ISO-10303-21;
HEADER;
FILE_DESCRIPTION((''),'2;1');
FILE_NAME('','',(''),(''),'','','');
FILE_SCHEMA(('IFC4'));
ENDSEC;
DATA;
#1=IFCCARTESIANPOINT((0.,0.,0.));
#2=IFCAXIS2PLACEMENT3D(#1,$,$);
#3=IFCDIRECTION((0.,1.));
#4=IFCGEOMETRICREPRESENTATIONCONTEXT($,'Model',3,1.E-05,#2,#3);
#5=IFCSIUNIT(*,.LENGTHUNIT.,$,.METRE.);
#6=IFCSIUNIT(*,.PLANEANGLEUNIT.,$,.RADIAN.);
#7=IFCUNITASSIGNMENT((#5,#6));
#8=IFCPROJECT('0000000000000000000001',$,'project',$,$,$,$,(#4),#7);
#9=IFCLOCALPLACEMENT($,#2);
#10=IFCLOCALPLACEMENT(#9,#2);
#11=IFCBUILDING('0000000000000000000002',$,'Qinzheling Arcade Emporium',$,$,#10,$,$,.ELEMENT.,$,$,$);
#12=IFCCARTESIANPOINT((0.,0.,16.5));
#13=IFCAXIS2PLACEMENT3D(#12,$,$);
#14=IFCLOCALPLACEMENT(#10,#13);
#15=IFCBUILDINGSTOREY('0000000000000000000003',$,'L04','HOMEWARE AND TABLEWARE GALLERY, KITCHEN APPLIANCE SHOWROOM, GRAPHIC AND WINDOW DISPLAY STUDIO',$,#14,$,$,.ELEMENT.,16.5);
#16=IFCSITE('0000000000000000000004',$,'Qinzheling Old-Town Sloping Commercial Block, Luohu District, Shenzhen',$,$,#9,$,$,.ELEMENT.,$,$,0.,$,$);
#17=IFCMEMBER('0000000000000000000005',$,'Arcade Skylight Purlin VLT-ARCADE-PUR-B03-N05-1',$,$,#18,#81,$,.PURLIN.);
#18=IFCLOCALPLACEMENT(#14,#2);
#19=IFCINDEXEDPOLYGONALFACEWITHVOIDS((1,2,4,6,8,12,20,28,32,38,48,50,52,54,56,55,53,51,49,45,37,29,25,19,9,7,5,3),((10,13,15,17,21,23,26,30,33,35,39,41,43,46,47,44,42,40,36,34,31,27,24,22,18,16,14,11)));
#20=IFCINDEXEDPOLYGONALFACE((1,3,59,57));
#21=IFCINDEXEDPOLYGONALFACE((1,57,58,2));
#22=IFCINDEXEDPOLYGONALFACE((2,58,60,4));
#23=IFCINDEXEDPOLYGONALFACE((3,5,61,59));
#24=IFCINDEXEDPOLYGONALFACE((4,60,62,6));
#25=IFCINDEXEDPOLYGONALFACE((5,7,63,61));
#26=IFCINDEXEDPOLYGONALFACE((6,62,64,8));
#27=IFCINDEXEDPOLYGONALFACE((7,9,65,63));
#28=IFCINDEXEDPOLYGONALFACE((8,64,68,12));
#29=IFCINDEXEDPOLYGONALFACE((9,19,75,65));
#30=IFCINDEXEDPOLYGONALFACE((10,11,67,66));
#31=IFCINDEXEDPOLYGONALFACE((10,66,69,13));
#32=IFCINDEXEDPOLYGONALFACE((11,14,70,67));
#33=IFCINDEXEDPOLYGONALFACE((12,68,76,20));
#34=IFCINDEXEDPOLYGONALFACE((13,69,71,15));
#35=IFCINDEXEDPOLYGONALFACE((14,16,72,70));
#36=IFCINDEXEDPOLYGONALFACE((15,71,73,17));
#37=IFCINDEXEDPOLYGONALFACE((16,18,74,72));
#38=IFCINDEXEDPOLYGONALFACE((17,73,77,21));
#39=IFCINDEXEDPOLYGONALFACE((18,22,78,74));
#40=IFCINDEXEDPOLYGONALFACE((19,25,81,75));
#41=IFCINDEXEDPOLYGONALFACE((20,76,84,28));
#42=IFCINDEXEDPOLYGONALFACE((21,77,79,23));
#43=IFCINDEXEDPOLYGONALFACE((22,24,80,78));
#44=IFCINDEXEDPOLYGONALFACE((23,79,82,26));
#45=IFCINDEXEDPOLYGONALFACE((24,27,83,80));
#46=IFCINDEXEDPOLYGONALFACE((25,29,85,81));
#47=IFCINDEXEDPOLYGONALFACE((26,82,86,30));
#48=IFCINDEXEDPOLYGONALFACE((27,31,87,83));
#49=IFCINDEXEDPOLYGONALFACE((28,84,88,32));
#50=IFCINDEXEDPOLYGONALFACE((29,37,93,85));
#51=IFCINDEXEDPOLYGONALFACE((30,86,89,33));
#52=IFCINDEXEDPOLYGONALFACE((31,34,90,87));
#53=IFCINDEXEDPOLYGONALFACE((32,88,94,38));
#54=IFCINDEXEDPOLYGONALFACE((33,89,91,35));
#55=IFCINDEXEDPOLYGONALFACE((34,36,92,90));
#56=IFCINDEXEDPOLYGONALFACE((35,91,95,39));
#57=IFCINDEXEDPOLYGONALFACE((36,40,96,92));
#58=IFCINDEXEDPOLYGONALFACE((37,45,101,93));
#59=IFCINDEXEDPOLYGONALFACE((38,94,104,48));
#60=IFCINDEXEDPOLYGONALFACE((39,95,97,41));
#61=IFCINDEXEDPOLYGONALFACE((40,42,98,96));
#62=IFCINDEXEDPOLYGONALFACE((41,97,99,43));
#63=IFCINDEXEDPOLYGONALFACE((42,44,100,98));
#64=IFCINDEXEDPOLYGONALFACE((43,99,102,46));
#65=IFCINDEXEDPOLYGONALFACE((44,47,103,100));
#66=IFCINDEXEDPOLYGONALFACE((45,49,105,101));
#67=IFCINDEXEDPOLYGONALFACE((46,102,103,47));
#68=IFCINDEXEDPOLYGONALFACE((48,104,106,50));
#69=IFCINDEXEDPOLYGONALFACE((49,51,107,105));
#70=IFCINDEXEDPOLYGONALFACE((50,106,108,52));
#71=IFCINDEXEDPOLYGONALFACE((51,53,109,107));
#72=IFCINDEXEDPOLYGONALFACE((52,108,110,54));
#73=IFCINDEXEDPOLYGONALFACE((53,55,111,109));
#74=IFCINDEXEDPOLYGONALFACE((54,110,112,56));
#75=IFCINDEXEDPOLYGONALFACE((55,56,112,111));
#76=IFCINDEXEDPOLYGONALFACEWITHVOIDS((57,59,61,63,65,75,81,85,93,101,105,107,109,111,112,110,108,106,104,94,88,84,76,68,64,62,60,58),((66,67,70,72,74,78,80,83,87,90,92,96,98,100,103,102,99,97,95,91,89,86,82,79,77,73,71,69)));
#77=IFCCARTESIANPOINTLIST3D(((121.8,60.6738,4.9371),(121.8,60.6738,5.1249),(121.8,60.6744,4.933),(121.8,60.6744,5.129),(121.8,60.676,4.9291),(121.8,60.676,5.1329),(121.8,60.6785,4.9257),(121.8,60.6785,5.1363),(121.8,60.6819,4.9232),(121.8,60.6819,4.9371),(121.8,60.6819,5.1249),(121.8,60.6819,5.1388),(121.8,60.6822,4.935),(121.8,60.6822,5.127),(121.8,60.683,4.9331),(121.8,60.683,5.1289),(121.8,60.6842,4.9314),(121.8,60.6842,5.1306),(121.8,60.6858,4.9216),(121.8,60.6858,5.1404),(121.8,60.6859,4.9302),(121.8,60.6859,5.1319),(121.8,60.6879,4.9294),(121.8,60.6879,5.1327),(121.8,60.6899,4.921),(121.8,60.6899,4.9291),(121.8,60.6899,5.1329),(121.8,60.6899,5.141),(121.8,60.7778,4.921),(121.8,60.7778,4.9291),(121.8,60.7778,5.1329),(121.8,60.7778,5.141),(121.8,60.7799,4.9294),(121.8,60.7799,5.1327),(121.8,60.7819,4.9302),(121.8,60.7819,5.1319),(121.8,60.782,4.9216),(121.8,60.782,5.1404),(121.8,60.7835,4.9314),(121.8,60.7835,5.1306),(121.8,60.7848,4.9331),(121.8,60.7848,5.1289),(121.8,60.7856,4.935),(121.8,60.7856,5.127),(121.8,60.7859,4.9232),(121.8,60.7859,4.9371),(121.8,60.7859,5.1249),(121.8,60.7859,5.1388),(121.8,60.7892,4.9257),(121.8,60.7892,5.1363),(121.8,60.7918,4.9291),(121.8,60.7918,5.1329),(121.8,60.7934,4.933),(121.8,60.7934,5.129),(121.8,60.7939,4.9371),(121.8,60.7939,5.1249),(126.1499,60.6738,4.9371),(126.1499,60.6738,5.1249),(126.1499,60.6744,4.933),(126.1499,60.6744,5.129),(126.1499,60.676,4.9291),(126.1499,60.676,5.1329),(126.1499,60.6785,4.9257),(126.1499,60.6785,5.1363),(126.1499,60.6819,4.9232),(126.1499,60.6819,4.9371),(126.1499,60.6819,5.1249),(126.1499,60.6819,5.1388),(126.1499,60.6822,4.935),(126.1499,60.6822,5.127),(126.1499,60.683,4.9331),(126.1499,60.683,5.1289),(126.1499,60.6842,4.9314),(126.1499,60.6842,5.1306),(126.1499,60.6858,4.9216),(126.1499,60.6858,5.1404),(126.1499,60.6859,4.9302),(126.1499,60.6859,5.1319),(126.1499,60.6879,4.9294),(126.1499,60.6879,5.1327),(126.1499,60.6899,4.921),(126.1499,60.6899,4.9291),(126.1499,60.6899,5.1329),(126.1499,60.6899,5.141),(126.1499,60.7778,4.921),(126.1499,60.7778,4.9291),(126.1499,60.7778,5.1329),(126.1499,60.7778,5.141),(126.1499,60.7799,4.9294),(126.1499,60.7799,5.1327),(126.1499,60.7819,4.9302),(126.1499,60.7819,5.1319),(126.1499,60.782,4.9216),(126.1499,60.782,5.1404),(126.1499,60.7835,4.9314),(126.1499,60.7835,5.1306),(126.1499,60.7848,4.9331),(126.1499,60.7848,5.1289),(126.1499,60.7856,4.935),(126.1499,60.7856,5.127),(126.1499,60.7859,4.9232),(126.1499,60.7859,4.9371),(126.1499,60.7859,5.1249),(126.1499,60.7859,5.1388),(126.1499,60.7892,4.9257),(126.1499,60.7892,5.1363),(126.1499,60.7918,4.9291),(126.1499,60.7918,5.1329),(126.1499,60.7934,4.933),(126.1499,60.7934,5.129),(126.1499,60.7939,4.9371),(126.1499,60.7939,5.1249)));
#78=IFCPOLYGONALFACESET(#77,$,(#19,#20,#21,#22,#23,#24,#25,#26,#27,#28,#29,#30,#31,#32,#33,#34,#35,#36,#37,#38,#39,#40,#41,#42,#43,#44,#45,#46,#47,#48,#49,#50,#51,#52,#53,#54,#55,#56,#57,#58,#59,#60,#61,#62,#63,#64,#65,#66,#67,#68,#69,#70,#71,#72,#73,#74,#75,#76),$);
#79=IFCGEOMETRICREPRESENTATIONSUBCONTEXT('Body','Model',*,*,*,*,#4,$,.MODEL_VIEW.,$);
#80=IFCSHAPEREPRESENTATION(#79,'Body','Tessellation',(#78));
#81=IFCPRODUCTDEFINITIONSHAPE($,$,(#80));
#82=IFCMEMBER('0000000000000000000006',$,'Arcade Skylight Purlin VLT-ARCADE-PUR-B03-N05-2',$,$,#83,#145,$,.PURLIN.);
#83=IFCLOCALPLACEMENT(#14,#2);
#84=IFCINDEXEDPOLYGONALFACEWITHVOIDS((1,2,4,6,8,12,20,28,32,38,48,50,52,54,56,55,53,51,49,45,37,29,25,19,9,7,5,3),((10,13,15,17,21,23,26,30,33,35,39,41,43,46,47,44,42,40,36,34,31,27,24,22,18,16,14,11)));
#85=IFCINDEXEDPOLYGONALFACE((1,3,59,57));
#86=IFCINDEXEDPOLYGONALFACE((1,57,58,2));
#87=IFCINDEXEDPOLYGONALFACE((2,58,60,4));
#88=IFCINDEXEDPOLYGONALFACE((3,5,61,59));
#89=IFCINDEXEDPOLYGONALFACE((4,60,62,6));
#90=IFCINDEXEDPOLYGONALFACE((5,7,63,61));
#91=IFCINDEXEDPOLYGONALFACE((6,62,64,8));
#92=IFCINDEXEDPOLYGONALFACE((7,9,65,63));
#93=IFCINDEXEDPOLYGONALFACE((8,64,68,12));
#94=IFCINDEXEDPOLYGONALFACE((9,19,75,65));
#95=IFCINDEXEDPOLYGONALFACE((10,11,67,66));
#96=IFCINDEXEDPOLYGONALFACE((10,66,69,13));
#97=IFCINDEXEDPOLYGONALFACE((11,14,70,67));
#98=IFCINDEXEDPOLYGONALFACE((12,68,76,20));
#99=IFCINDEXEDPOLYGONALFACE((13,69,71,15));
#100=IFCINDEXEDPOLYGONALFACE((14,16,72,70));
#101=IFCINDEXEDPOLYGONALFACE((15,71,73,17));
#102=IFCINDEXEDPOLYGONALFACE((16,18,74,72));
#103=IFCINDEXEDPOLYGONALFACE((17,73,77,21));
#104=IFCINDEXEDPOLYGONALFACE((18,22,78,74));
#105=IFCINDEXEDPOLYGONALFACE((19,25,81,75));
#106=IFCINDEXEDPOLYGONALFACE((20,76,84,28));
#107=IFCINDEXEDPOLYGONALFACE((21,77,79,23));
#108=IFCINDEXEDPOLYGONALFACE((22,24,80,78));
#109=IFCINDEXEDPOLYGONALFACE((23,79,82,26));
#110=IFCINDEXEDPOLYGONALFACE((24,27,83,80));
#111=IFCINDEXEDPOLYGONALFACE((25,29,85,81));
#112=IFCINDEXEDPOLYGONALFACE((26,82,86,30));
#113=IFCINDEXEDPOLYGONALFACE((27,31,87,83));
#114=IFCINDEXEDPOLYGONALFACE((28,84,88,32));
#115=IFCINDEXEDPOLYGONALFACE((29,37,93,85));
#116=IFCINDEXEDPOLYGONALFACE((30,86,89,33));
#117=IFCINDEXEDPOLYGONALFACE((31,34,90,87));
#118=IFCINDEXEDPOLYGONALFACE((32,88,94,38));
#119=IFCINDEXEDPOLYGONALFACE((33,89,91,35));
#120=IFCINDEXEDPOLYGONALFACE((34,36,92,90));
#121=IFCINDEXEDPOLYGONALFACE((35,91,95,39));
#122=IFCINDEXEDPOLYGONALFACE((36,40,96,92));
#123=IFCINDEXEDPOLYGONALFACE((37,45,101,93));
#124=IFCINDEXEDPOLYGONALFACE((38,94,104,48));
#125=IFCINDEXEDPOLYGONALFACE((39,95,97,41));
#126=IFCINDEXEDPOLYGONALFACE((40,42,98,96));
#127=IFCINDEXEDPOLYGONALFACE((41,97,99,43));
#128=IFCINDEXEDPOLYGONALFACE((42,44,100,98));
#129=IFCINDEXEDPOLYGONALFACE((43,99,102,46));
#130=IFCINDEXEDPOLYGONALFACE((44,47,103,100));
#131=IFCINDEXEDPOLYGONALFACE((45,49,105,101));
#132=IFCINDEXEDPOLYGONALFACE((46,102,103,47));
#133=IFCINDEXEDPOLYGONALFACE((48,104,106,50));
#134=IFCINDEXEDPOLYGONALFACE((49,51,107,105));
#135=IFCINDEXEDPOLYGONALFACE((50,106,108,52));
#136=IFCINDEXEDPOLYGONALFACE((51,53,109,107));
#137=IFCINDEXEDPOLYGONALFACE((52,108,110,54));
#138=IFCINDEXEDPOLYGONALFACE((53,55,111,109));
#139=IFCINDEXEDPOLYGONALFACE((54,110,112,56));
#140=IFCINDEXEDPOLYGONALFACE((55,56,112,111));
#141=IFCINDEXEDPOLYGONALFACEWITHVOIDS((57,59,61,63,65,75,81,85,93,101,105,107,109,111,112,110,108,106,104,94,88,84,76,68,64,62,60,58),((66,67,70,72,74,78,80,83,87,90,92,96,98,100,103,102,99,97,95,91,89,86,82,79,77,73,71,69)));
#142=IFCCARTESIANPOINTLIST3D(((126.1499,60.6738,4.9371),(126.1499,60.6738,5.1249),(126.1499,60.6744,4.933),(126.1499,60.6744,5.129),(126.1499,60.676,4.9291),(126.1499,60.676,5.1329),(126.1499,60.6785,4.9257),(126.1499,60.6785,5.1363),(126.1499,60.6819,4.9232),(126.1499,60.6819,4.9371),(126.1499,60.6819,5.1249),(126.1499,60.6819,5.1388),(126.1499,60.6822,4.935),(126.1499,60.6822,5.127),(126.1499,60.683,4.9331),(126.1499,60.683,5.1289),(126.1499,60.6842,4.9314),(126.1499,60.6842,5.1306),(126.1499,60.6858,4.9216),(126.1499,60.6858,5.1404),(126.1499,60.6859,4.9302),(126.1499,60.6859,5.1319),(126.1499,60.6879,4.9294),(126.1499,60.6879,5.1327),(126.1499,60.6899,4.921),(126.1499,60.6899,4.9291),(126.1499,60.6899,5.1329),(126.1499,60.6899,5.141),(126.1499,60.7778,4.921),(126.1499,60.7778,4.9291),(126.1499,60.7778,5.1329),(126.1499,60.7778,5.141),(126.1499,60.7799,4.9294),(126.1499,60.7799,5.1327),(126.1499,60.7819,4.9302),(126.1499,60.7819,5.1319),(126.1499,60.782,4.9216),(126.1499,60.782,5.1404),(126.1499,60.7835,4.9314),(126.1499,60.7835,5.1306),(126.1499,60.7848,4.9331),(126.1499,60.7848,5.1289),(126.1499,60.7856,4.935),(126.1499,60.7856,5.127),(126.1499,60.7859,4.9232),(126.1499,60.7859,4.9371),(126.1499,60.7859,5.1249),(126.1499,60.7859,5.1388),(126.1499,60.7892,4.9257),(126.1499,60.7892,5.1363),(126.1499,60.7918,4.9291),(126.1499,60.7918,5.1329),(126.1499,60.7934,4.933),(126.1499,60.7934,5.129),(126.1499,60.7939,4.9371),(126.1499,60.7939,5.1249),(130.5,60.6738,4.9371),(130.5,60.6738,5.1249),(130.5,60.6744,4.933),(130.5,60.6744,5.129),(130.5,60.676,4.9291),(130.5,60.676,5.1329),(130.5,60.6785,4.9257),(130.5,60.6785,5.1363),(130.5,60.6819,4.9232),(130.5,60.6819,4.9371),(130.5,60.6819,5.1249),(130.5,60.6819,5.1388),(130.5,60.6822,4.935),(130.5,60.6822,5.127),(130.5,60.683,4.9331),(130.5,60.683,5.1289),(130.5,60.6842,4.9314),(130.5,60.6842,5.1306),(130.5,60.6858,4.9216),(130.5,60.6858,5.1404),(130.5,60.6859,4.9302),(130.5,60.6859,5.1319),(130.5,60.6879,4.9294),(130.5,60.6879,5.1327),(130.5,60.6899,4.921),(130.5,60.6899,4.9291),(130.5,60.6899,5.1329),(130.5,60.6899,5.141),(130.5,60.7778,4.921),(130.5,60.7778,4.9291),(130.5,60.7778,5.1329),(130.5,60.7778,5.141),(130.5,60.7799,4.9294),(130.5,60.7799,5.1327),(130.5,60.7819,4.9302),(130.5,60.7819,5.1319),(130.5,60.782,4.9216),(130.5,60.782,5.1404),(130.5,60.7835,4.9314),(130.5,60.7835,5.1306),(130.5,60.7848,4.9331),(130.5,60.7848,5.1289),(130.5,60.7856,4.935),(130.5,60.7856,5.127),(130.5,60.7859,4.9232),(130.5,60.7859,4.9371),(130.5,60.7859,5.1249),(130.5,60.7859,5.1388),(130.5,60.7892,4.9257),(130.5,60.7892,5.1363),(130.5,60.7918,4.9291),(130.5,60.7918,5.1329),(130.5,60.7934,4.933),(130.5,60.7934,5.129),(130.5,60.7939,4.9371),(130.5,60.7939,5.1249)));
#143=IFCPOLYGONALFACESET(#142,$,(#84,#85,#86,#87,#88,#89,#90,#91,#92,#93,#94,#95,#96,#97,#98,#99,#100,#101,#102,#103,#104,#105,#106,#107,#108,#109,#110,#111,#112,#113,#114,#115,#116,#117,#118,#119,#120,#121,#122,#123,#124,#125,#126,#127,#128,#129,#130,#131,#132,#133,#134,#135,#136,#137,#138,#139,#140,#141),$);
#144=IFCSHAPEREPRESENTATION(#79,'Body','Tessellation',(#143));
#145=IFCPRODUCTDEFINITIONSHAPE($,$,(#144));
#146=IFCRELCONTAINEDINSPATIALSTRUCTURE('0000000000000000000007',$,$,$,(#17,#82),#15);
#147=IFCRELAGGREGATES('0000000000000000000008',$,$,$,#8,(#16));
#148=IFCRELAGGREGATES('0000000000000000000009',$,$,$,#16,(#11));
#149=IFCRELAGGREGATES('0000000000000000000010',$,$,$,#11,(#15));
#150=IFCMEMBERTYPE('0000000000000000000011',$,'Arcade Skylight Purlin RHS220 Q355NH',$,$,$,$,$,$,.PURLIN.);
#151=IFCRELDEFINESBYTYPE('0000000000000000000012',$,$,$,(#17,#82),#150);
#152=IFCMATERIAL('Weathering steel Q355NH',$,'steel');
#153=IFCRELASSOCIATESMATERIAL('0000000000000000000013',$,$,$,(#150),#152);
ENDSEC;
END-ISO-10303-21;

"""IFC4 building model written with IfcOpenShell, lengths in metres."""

from ifc_helpers import new_model, si_unit, direction, frame, origin, origin_2d, place, context, subcontext, project, spatial, hollow_rectangle, extrude, material, material_profile, profile_set, type_object, element, save


model = new_model("IFC4")

# Units and contexts
model_context = context("Model", 3, precision=1e-05, world=origin(), true_north=direction((0.0, 1.0)))
body_context = subcontext(model_context, "Body", "Model", "MODEL_VIEW")
ifc_project = project(units=[si_unit("LENGTHUNIT", "METRE"), si_unit("PLANEANGLEUNIT", "RADIAN")], contexts=[model_context])

# Site, building, storey
site_placement = place(None, origin())
site = spatial("IfcSite", under=ifc_project, at=site_placement, Name="Qinzheling Old-Town Sloping Commercial Block, Luohu District, Shenzhen", CompositionType="ELEMENT", RefElevation=0.0)
building_placement = place(site_placement, origin())
building = spatial("IfcBuilding", under=site, at=building_placement, Name="Qinzheling Arcade Emporium", CompositionType="ELEMENT")
storey_placement = place(building_placement, frame((0.0, 0.0, 16.5)))
storey = spatial("IfcBuildingStorey", under=building, at=storey_placement, Name="L04", Description="HOMEWARE AND TABLEWARE GALLERY, KITCHEN APPLIANCE SHOWROOM, GRAPHIC AND WINDOW DISPLAY STUDIO", CompositionType="ELEMENT", Elevation=16.5)

# Shared definitions
ifc_material_1 = material(Name="Weathering steel Q355NH", Category="steel")

# Members
ifc_material_profile_1 = material_profile(ifc_material_1, hollow_rectangle(XDim=0.1201, YDim=0.22, WallThickness=0.0081, InnerFilletRadius=0.0081, OuterFilletRadius=0.0161, at=origin_2d()), Name="RHS 220x120x8", Category="steel")
ifc_profile_set_1 = profile_set([ifc_material_profile_1], Name="Weathering steel Q355NH")
member_type = type_object("IfcMemberType", Name="Arcade Skylight Purlin RHS220 Q355NH", PredefinedType="PURLIN", material=ifc_profile_set_1)
member_1_placement = place(storey_placement, frame((121.8, 60.7339, 5.031), z_axis=(1.0, 0.0, 0.0), x_axis=(0.0, 1.0, 0.0)))
element("IfcMember", 1, at=member_1_placement, inside=storey, type_object=member_type, Name="Arcade Skylight Purlin VLT-ARCADE-PUR-B03-N05-1", PredefinedType="PURLIN", context=body_context, shape_type="SweptSolid", body=[
    extrude(hollow_rectangle(XDim=0.1201, YDim=0.22, WallThickness=0.0081, InnerFilletRadius=0.0081, OuterFilletRadius=0.0161, at=origin_2d()), origin(), (0.0, 0.0, 1.0), 4.3499),
])
member_2_placement = place(storey_placement, frame((126.1499, 60.7339, 5.031), z_axis=(1.0, 0.0, 0.0), x_axis=(0.0, 1.0, 0.0)))
element("IfcMember", 2, at=member_2_placement, inside=storey, type_object=member_type, Name="Arcade Skylight Purlin VLT-ARCADE-PUR-B03-N05-2", PredefinedType="PURLIN", context=body_context, shape_type="SweptSolid", body=[
    extrude(hollow_rectangle(XDim=0.1201, YDim=0.22, WallThickness=0.0081, InnerFilletRadius=0.0081, OuterFilletRadius=0.0161, at=origin_2d()), origin(), (0.0, 0.0, 1.0), 4.3501),
])

save(model, "model.ifc")
